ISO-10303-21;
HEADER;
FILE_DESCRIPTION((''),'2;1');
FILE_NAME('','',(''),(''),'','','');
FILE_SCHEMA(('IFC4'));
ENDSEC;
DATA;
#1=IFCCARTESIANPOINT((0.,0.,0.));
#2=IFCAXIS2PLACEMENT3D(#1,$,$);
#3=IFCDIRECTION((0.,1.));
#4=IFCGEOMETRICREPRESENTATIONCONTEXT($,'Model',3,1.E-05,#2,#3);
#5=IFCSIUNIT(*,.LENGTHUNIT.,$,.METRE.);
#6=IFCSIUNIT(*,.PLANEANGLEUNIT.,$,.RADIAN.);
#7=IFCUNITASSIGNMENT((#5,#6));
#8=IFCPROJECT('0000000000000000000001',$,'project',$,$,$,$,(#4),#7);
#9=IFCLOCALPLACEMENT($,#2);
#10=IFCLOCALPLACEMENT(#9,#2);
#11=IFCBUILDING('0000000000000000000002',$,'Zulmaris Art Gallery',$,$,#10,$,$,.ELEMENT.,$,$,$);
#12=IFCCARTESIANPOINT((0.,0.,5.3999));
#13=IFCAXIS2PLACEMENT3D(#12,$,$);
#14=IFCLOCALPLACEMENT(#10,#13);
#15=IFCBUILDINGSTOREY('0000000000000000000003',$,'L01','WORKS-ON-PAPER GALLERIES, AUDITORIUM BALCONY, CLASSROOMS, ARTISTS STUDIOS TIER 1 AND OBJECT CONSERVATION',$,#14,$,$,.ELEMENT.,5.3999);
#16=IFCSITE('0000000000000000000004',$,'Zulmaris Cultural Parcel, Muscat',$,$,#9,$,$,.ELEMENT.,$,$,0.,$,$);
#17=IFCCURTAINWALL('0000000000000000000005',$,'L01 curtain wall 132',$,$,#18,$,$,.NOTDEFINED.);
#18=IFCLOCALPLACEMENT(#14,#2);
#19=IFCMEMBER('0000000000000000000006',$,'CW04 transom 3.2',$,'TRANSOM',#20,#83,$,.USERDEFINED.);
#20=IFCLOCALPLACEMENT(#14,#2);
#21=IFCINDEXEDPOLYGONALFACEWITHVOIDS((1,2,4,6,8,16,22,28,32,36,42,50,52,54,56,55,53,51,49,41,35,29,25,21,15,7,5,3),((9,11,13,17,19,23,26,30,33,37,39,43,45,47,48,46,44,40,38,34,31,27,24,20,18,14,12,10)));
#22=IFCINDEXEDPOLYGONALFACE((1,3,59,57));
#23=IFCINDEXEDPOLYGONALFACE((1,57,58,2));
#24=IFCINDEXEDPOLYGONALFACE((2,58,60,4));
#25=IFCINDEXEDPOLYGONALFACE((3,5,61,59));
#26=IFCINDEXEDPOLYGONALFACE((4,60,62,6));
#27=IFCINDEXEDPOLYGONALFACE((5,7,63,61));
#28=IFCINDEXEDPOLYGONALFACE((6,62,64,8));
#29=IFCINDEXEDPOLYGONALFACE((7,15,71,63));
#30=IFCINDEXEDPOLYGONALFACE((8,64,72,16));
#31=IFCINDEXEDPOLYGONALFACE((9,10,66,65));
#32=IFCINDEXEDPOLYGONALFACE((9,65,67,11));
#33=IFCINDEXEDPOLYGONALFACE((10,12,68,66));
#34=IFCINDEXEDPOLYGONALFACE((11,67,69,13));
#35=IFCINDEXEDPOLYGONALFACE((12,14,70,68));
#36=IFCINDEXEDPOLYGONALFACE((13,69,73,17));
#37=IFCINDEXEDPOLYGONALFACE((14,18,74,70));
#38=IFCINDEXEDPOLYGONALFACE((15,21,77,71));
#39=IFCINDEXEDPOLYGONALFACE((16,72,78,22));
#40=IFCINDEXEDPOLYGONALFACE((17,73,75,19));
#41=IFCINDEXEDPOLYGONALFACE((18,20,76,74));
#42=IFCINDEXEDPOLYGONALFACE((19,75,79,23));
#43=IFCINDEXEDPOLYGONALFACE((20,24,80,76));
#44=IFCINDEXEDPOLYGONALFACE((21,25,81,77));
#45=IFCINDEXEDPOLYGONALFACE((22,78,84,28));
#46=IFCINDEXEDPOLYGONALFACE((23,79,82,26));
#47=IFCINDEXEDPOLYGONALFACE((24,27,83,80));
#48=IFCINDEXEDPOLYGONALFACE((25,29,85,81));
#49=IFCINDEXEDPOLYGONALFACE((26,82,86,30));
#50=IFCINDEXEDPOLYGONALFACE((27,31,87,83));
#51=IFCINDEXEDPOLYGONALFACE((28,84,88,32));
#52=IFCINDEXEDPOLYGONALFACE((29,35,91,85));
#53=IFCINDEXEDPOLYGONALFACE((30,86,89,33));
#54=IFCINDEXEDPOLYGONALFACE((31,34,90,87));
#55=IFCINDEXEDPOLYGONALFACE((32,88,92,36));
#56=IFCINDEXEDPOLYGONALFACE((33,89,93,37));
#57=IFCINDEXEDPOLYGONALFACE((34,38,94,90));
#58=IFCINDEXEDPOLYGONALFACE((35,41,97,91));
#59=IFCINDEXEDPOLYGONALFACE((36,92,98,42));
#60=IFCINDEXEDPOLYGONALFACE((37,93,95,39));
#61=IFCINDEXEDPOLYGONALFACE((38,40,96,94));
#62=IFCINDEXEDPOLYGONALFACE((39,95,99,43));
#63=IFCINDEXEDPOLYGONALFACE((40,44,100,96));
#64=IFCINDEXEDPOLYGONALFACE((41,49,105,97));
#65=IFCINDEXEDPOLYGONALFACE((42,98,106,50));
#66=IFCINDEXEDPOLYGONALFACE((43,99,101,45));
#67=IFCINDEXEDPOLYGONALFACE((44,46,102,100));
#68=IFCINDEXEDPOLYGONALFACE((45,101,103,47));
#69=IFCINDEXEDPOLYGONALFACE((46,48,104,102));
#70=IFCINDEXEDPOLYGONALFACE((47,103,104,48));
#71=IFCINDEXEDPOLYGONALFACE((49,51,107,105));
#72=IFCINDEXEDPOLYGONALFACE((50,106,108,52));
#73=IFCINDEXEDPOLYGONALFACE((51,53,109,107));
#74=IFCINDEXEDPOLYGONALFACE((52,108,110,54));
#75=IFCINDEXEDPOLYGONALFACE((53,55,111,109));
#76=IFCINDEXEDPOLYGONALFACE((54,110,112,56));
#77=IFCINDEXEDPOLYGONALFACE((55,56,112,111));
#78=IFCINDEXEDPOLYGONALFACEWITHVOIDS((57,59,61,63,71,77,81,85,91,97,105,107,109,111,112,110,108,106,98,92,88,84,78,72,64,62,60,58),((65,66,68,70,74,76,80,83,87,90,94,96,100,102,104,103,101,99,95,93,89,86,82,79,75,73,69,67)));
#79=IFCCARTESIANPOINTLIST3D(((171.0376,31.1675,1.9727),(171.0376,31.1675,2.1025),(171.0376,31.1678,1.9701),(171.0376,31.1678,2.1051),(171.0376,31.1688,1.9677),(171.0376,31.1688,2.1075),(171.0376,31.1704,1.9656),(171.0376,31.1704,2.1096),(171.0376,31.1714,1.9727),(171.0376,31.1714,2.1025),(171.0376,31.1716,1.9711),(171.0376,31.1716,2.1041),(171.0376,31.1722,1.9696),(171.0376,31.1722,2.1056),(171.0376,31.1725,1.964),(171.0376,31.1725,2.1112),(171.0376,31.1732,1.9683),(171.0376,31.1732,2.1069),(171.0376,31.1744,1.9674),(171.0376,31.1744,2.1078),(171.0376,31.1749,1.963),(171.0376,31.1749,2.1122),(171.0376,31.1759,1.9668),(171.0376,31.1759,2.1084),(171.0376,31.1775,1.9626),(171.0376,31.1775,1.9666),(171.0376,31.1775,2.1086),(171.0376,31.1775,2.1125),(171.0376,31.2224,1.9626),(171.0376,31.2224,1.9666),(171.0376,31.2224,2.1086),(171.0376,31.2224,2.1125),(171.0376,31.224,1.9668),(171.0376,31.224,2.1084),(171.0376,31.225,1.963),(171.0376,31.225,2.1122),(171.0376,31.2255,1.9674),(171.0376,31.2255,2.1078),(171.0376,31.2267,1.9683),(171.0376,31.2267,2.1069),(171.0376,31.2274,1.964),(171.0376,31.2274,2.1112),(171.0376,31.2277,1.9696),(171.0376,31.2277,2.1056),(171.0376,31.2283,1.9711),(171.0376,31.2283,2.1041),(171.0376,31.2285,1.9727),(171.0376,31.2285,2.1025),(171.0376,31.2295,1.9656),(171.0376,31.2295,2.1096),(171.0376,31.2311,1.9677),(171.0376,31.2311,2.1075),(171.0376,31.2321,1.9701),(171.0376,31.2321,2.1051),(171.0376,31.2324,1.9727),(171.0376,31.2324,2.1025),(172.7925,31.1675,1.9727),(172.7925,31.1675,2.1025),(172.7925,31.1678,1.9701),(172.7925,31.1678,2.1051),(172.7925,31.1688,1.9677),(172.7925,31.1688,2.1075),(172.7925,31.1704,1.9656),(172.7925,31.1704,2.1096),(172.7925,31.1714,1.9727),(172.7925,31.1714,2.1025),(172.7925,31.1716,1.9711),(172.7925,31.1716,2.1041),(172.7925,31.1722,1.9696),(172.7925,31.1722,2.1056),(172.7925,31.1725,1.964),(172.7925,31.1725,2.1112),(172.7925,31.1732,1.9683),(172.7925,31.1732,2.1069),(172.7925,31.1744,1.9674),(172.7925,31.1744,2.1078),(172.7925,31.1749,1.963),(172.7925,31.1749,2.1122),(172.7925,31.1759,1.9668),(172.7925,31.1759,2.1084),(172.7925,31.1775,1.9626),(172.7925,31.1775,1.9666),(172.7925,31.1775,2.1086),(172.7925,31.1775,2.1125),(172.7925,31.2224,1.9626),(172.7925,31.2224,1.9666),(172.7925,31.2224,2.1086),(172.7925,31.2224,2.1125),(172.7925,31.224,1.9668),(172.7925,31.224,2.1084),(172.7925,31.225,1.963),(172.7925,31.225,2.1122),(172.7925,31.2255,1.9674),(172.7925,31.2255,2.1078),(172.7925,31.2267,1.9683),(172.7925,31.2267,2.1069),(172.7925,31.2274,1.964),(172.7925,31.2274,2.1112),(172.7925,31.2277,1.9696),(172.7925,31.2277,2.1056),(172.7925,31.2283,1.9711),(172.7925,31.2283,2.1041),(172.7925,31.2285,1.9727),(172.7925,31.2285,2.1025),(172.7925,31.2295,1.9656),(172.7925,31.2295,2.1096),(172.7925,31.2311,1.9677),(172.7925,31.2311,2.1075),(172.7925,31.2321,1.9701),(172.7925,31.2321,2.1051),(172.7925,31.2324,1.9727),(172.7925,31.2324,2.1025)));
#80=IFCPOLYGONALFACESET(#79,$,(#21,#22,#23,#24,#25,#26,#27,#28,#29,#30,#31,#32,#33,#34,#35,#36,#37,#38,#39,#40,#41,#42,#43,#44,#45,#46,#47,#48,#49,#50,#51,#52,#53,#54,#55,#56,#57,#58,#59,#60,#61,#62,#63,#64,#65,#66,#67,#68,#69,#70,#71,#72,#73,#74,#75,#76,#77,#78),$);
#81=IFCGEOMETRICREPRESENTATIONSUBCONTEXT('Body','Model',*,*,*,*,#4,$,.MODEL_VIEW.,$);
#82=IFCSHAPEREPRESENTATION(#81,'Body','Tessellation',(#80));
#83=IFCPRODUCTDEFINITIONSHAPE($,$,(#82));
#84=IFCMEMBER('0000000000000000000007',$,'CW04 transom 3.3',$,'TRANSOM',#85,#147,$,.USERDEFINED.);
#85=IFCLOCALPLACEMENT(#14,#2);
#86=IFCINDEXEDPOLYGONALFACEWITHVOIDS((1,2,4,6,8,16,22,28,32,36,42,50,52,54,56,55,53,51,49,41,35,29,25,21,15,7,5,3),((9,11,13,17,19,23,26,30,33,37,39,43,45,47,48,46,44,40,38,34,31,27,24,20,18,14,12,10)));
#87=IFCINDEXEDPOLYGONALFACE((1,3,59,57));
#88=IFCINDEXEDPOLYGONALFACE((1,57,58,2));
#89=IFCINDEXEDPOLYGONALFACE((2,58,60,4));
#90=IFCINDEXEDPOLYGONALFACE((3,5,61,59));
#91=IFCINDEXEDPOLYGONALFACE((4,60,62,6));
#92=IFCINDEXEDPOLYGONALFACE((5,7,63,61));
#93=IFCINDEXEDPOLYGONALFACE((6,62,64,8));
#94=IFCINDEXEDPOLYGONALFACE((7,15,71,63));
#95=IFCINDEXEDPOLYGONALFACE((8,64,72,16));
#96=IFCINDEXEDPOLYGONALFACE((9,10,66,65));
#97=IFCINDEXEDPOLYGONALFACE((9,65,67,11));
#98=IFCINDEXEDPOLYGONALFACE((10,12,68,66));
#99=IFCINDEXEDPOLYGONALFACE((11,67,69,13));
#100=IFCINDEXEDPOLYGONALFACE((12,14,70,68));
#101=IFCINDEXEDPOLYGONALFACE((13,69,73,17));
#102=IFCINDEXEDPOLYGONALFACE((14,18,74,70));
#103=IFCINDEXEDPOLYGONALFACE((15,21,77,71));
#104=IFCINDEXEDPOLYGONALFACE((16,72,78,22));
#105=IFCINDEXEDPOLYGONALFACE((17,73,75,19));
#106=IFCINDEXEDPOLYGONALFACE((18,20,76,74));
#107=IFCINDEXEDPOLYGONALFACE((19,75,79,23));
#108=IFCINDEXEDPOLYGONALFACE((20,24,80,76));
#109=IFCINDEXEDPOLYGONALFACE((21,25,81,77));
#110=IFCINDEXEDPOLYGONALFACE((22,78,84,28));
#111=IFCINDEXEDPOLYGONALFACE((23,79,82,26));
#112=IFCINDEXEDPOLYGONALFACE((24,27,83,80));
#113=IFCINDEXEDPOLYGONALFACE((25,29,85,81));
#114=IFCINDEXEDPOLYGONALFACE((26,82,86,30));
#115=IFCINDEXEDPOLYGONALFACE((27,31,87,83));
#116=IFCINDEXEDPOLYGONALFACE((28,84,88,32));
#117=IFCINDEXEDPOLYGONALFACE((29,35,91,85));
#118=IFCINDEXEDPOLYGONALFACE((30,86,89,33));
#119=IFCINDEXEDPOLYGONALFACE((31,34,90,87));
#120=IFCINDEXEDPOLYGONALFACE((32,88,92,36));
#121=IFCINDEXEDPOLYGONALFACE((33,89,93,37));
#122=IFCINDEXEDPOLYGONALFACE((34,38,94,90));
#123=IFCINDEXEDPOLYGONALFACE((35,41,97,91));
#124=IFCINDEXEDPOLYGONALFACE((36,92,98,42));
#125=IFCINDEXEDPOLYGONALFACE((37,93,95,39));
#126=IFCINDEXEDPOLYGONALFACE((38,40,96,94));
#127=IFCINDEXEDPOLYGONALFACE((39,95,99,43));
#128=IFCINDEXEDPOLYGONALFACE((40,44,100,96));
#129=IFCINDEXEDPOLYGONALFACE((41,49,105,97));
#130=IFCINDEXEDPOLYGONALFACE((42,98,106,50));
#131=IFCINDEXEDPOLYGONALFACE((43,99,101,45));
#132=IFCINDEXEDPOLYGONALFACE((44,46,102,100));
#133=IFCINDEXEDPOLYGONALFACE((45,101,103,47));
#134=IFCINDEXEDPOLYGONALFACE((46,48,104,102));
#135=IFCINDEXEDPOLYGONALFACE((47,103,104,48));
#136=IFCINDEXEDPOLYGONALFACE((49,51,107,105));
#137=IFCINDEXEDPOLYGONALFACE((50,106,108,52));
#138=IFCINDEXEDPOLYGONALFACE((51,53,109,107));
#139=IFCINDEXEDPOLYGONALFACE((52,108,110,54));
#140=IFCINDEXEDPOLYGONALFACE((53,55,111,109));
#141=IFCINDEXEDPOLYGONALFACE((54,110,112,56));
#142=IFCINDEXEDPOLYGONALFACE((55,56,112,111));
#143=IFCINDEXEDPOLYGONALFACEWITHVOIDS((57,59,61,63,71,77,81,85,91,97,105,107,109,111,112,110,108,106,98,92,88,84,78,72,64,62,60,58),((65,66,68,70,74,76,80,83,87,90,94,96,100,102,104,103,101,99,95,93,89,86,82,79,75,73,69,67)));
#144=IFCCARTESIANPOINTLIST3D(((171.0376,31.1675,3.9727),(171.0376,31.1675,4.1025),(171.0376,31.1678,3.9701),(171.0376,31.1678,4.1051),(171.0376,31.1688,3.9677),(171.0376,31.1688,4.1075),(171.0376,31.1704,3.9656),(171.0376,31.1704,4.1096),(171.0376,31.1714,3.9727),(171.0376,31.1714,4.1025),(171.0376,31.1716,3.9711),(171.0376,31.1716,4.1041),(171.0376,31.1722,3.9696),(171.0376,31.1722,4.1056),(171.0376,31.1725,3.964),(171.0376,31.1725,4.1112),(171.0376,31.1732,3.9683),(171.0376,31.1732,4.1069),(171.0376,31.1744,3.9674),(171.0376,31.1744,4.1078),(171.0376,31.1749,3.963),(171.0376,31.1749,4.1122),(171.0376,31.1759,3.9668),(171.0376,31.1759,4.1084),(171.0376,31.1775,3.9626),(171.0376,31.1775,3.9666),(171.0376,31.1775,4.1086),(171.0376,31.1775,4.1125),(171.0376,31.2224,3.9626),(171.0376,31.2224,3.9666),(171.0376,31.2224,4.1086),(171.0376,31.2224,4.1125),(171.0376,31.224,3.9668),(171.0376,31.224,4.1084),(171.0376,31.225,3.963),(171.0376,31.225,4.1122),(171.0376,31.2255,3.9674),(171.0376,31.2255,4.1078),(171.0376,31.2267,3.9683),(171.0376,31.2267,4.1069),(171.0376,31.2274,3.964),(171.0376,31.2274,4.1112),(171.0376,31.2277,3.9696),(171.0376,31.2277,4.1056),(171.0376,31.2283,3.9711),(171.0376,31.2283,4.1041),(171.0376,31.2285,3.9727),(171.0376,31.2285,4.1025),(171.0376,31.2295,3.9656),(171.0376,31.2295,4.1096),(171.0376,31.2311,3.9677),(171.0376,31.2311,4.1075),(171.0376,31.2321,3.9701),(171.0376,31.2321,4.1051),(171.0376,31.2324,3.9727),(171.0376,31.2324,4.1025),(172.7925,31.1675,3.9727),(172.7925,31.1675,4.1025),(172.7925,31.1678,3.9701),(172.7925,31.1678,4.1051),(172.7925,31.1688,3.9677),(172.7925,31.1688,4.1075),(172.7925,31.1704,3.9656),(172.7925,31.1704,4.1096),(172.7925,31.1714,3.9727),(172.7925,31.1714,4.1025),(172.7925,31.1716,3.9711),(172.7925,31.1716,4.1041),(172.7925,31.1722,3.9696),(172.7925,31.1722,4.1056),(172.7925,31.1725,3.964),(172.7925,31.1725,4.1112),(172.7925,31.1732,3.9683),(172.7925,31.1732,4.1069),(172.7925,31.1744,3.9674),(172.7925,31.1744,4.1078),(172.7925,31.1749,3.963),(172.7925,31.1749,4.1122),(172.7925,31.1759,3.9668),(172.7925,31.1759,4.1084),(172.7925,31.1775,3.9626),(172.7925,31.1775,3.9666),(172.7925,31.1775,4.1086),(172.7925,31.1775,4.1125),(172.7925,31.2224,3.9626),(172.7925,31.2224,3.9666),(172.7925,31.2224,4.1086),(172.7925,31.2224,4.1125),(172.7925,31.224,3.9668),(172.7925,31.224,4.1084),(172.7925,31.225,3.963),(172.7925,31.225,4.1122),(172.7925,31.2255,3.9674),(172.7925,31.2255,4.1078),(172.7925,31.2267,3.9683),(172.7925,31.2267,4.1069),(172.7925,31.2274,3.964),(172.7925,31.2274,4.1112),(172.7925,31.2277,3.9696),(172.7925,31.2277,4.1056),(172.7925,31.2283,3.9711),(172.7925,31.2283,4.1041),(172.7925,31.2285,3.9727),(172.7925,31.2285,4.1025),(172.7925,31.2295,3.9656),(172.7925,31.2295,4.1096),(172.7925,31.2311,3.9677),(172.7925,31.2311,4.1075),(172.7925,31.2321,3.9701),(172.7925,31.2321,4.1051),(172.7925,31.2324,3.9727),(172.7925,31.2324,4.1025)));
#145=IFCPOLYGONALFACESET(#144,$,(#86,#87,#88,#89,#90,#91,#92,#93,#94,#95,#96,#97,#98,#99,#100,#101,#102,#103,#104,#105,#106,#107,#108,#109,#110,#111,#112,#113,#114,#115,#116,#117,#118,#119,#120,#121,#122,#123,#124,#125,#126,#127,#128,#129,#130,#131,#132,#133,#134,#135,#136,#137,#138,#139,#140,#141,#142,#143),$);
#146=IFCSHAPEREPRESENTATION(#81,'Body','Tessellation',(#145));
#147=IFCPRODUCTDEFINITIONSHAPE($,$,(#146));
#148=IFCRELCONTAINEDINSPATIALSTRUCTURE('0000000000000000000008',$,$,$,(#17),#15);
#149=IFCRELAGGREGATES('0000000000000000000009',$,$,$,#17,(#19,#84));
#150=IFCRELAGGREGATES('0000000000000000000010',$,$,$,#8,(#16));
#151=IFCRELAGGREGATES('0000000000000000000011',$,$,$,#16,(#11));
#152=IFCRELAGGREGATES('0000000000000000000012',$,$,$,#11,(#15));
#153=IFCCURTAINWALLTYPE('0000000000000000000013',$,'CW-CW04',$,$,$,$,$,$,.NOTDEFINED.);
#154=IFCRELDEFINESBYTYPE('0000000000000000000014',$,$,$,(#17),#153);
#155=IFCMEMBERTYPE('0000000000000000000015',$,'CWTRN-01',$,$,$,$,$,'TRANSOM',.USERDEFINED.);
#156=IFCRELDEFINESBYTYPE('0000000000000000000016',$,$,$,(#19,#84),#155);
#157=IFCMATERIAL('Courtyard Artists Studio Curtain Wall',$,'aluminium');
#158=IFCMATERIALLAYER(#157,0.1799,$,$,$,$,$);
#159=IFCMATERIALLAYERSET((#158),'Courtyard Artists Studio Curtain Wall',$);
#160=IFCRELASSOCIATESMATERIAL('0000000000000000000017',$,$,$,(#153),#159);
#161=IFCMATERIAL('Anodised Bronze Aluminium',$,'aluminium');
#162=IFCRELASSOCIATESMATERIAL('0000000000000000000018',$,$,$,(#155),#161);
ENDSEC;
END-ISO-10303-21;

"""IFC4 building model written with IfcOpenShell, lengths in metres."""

from ifc_helpers import new_model, si_unit, direction, frame, origin, origin_2d, place, context, subcontext, project, spatial, hollow_rectangle, extrude, material, layer, layer_set, material_profile, profile_set, type_object, element, aggregate, save


model = new_model("IFC4")

# Units and contexts
model_context = context("Model", 3, precision=1e-05, world=origin(), true_north=direction((0.0, 1.0)))
body_context = subcontext(model_context, "Body", "Model", "MODEL_VIEW")
ifc_project = project(units=[si_unit("LENGTHUNIT", "METRE"), si_unit("PLANEANGLEUNIT", "RADIAN")], contexts=[model_context])

# Site, building, storey
site_placement = place(None, origin())
site = spatial("IfcSite", under=ifc_project, at=site_placement, Name="Zulmaris Cultural Parcel, Muscat", CompositionType="ELEMENT", RefElevation=0.0)
building_placement = place(site_placement, origin())
building = spatial("IfcBuilding", under=site, at=building_placement, Name="Zulmaris Art Gallery", CompositionType="ELEMENT")
storey_placement = place(building_placement, frame((0.0, 0.0, 5.3999)))
storey = spatial("IfcBuildingStorey", under=building, at=storey_placement, Name="L01", Description="WORKS-ON-PAPER GALLERIES, AUDITORIUM BALCONY, CLASSROOMS, ARTISTS STUDIOS TIER 1 AND OBJECT CONSERVATION", CompositionType="ELEMENT", Elevation=5.3999)

# Curtain wall, members
ifc_material_1 = material(Name="Courtyard Artists Studio Curtain Wall", Category="aluminium")
ifc_layer_1 = layer(ifc_material_1, 0.1799)
ifc_layer_set_1 = layer_set([ifc_layer_1], Name="Courtyard Artists Studio Curtain Wall")
curtain_wall_type = type_object("IfcCurtainWallType", Name="CW-CW04", PredefinedType="NOTDEFINED", material=ifc_layer_set_1)
curtain_wall_placement = place(storey_placement, origin())
curtain_wall = element("IfcCurtainWall", 1, at=curtain_wall_placement, inside=storey, type_object=curtain_wall_type, Name="L01 curtain wall 132", PredefinedType="NOTDEFINED")
ifc_material_2 = material(Name="Anodised Bronze Aluminium", Category="aluminium")
ifc_material_profile_1 = material_profile(ifc_material_2, hollow_rectangle(XDim=0.0649, YDim=0.1499, WallThickness=0.0039, InnerFilletRadius=0.0061, OuterFilletRadius=0.01, at=origin_2d()), Name="ALU 65x150x4")
ifc_profile_set_1 = profile_set([ifc_material_profile_1], Name="Anodised Bronze Aluminium")
member_type_1 = type_object("IfcMemberType", Name="CWTRN-01", ElementType="TRANSOM", PredefinedType="USERDEFINED", material=ifc_profile_set_1)
member_1_placement = place(storey_placement, frame((171.0376, 31.2, 2.0376), z_axis=(1.0, 0.0, 0.0), x_axis=(0.0, 1.0, 0.0)))
member_1 = element("IfcMember", 2, at=member_1_placement, type_object=member_type_1, Name="CW04 transom 3.2", ObjectType="TRANSOM", PredefinedType="USERDEFINED", context=body_context, shape_type="SweptSolid", body=[
    extrude(hollow_rectangle(XDim=0.0649, YDim=0.1499, WallThickness=0.0039, InnerFilletRadius=0.0061, OuterFilletRadius=0.01, at=origin_2d()), origin(), (0.0, 0.0, 1.0), 1.7549),
])
member_2_placement = place(storey_placement, frame((171.0376, 31.2, 4.0376), z_axis=(1.0, 0.0, 0.0), x_axis=(0.0, 1.0, 0.0)))
member_2 = element("IfcMember", 3, at=member_2_placement, type_object=member_type_1, Name="CW04 transom 3.3", ObjectType="TRANSOM", PredefinedType="USERDEFINED", context=body_context, shape_type="SweptSolid", body=[
    extrude(hollow_rectangle(XDim=0.0649, YDim=0.1499, WallThickness=0.0039, InnerFilletRadius=0.0061, OuterFilletRadius=0.01, at=origin_2d()), origin(), (0.0, 0.0, 1.0), 1.7549),
])
aggregate(curtain_wall, [member_1, member_2])

save(model, "model.ifc")
